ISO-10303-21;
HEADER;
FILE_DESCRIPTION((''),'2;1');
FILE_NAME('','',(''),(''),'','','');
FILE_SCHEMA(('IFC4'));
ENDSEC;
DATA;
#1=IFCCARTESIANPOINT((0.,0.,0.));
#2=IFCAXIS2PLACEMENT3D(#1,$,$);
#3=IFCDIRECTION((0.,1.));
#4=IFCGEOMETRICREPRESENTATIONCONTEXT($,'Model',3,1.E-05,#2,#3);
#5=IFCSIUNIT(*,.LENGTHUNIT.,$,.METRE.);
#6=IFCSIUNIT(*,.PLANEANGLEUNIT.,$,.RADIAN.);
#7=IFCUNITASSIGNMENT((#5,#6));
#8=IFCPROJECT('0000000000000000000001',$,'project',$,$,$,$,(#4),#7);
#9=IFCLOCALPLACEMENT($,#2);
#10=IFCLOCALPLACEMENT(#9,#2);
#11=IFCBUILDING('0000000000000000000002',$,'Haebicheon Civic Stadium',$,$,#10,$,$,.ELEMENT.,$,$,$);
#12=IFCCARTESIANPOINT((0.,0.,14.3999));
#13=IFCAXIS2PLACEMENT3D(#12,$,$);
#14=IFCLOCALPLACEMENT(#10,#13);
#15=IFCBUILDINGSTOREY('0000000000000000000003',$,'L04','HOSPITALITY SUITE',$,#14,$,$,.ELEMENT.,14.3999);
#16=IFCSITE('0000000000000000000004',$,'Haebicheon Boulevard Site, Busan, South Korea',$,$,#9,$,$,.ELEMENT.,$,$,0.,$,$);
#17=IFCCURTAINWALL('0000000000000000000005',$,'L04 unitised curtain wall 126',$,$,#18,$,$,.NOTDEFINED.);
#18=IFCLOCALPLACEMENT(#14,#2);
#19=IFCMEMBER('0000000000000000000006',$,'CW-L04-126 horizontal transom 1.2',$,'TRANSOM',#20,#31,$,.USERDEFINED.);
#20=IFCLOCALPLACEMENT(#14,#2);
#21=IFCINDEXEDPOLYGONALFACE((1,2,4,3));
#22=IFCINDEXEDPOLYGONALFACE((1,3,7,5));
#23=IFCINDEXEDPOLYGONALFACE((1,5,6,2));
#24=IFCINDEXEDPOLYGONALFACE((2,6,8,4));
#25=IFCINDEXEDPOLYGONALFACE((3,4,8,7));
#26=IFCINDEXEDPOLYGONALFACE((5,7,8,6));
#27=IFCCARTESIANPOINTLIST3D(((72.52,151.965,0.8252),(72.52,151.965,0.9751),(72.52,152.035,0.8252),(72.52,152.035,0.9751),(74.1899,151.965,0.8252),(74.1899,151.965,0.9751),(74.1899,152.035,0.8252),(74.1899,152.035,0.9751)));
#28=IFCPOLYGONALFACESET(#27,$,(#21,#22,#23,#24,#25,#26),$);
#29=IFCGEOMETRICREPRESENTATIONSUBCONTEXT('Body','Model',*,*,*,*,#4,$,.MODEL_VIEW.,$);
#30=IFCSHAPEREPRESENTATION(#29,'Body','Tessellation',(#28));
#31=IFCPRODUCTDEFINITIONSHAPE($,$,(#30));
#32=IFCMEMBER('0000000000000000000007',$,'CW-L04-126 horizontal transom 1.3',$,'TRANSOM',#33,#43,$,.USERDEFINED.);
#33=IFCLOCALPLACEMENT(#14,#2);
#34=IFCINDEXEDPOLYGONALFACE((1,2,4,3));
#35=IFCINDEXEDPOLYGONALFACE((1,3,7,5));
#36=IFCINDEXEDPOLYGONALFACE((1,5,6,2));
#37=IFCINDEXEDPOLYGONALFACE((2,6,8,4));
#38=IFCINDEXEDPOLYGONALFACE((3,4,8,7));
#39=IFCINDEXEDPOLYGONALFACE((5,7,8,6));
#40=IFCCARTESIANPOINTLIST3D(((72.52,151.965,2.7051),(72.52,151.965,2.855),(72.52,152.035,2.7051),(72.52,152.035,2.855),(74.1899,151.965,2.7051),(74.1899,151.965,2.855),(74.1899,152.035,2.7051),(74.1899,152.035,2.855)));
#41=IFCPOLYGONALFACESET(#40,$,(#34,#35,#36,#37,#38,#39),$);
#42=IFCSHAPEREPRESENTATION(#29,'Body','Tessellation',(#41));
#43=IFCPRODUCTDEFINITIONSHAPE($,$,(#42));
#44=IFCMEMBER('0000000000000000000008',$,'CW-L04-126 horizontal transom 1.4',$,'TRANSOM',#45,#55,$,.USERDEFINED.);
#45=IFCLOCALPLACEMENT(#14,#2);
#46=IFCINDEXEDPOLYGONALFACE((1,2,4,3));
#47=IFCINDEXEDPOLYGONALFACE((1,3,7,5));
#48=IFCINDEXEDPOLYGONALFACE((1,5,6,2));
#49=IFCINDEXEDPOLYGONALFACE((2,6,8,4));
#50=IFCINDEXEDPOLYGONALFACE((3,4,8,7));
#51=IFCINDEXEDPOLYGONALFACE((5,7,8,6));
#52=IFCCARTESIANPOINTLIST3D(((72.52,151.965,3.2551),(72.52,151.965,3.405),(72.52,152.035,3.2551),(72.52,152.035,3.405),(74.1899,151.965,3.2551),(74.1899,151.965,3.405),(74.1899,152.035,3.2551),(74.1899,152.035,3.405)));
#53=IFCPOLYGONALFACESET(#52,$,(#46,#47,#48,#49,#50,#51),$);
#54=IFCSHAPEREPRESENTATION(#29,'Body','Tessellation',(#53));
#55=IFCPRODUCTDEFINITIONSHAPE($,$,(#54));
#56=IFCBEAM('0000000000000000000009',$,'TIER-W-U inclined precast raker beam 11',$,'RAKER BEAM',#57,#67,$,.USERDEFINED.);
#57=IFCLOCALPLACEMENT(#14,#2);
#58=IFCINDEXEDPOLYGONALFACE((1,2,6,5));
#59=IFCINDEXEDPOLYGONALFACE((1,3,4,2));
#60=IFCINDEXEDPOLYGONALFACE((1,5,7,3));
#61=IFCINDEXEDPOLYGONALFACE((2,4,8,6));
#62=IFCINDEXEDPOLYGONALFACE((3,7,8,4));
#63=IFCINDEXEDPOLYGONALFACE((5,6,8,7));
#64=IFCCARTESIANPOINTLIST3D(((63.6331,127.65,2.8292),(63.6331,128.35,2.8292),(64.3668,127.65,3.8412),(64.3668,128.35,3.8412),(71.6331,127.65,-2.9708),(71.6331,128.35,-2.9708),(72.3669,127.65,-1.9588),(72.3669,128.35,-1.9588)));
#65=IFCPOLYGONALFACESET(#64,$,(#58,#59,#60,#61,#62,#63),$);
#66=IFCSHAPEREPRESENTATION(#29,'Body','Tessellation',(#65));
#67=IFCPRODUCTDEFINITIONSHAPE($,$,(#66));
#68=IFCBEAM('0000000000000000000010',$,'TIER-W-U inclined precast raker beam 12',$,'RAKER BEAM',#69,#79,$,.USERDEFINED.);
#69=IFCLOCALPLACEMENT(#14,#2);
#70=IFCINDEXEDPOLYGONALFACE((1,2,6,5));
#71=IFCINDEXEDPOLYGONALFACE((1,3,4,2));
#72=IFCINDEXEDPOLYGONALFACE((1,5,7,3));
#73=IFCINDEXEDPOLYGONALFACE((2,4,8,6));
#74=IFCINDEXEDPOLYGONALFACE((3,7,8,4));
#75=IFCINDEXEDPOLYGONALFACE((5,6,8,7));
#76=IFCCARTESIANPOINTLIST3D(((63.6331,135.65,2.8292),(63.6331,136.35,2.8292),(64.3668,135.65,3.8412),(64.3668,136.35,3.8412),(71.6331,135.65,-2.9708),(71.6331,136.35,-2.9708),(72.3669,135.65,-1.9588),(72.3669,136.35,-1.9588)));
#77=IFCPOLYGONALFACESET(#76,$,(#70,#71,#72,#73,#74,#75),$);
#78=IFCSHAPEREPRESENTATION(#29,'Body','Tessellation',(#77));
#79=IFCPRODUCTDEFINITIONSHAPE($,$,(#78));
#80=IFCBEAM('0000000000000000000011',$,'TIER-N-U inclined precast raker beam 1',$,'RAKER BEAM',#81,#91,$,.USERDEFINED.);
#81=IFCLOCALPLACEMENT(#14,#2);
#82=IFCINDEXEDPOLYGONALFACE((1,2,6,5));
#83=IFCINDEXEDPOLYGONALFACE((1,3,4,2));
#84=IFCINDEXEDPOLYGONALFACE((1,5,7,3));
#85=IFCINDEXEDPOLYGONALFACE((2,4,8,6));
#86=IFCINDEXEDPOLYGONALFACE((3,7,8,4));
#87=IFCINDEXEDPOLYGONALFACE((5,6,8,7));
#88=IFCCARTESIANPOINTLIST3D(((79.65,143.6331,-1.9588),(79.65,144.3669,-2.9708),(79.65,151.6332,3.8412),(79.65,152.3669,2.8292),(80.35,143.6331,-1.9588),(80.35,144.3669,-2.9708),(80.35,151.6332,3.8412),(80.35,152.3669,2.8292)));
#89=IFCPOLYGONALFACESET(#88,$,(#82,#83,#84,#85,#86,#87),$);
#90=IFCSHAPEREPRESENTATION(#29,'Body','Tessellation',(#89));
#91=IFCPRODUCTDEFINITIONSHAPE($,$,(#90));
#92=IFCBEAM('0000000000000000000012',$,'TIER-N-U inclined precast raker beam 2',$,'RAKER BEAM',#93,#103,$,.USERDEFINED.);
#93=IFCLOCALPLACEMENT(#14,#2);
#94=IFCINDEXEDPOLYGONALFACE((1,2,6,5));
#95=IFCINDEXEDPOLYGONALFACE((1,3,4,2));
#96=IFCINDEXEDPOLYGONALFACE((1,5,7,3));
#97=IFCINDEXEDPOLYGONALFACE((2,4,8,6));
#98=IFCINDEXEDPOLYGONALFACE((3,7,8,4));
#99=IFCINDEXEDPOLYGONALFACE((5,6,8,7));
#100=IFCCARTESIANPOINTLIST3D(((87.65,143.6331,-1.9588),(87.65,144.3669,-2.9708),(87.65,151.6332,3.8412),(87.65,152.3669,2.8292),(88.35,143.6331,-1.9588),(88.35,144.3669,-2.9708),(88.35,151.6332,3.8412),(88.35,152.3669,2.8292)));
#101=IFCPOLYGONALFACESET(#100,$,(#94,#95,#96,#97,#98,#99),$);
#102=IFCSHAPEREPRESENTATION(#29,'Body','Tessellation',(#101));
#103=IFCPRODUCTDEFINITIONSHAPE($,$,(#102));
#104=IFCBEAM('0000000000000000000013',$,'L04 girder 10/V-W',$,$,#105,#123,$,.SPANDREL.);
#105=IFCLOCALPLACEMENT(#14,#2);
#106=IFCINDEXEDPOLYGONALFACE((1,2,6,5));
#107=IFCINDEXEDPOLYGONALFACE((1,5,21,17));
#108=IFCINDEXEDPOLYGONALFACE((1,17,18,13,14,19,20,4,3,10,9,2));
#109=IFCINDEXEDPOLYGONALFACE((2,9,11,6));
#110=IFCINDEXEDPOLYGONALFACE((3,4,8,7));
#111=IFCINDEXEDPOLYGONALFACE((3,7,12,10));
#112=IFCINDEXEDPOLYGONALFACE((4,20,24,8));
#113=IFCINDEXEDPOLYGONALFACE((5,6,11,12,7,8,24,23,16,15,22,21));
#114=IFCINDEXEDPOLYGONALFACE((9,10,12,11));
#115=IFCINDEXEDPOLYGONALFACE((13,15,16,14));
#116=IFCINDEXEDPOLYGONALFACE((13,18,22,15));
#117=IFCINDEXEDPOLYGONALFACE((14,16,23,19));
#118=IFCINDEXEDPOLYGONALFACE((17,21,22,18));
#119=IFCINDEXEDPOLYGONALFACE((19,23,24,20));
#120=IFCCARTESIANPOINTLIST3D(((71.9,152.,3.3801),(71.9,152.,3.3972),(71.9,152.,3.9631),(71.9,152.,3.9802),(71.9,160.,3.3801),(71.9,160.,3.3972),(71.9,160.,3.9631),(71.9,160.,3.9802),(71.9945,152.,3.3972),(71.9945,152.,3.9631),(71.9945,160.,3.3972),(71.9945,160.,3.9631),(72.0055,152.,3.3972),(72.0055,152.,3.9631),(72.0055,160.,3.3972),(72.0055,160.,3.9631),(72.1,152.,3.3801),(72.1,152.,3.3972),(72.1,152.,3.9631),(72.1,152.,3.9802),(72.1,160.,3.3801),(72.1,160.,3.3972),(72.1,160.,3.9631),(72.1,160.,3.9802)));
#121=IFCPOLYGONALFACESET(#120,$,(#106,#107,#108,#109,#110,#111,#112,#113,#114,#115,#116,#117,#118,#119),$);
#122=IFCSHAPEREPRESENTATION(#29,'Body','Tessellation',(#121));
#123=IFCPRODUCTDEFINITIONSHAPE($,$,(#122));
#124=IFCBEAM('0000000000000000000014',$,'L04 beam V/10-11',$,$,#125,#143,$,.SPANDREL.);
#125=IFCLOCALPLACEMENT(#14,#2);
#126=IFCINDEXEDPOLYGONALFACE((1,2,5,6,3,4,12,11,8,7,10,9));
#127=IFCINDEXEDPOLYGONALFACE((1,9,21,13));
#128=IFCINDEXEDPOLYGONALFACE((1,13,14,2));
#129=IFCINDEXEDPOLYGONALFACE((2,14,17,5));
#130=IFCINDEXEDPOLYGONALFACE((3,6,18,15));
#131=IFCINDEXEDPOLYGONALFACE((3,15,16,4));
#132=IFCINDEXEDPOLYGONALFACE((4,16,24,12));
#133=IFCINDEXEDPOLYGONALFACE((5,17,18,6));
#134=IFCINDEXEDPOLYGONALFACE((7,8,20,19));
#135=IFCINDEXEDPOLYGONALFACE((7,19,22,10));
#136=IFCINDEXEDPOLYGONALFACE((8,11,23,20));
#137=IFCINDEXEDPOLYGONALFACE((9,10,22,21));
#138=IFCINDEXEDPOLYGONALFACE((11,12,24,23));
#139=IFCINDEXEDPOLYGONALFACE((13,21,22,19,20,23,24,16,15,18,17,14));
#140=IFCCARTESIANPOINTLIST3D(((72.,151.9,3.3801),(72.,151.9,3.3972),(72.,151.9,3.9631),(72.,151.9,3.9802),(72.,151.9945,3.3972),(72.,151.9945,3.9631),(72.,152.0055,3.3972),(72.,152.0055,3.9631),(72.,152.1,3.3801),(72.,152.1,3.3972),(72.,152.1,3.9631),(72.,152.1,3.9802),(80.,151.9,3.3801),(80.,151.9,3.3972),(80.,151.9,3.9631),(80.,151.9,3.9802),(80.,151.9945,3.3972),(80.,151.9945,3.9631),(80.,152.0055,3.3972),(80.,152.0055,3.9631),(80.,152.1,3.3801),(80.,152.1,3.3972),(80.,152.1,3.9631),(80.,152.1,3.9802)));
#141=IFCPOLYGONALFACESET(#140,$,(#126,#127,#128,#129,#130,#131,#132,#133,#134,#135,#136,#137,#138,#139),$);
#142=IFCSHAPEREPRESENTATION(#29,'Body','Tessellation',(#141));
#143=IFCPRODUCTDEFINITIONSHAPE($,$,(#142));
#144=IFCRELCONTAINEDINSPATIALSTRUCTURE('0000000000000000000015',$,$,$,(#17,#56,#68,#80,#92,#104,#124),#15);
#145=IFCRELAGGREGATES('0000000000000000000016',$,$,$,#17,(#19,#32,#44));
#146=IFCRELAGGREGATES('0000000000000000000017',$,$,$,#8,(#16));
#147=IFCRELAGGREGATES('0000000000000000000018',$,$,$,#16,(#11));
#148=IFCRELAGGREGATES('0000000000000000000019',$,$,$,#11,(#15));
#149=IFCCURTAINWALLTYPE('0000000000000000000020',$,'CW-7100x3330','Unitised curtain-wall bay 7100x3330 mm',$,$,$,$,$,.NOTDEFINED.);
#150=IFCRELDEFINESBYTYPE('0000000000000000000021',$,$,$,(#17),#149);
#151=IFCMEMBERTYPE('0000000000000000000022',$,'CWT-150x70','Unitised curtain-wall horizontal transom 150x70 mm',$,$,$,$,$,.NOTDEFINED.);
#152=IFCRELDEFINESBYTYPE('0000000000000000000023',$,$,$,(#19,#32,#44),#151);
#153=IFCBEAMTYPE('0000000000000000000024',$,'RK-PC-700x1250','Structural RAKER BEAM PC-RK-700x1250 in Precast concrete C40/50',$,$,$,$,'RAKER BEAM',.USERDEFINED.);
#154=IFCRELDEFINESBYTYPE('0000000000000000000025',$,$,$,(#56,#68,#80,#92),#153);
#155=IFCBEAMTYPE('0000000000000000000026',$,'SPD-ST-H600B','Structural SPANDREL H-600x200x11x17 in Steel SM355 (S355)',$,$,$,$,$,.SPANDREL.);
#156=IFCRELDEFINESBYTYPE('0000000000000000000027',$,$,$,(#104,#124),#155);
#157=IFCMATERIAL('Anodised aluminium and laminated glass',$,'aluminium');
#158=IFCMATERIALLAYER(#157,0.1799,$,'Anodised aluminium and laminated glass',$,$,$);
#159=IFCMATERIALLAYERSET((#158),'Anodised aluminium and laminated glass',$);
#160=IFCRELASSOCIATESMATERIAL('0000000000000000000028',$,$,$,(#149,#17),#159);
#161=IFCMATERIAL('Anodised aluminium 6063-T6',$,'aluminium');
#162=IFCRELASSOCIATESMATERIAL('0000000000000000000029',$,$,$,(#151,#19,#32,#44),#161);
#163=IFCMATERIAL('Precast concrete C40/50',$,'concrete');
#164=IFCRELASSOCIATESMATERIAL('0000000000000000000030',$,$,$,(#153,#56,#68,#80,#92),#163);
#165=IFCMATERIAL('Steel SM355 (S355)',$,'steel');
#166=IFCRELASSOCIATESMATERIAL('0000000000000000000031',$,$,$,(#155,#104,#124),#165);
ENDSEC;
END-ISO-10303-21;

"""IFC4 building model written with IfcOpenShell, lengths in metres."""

from ifc_helpers import new_model, si_unit, direction, frame, origin, origin_2d, place, context, subcontext, project, spatial, rectangle, i_section, extrude, material, layer, layer_set, material_profile, profile_set, type_object, element, aggregate, save


model = new_model("IFC4")

# Units and contexts
model_context = context("Model", 3, precision=1e-05, world=origin(), true_north=direction((0.0, 1.0)))
body_context = subcontext(model_context, "Body", "Model", "MODEL_VIEW")
ifc_project = project(units=[si_unit("LENGTHUNIT", "METRE"), si_unit("PLANEANGLEUNIT", "RADIAN")], contexts=[model_context])

# Site, building, storey
site_placement = place(None, origin())
site = spatial("IfcSite", under=ifc_project, at=site_placement, Name="Haebicheon Boulevard Site, Busan, South Korea", CompositionType="ELEMENT", RefElevation=0.0)
building_placement = place(site_placement, origin())
building = spatial("IfcBuilding", under=site, at=building_placement, Name="Haebicheon Civic Stadium", CompositionType="ELEMENT")
storey_placement = place(building_placement, frame((0.0, 0.0, 14.3999)))
storey = spatial("IfcBuildingStorey", under=building, at=storey_placement, Name="L04", Description="HOSPITALITY SUITE", CompositionType="ELEMENT", Elevation=14.3999)

# Curtain wall, members
ifc_material_1 = material(Name="Anodised aluminium and laminated glass", Category="aluminium")
ifc_layer = layer(ifc_material_1, 0.1799, Name="Anodised aluminium and laminated glass")
ifc_layer_set = layer_set([ifc_layer], Name="Anodised aluminium and laminated glass")
curtain_wall_type = type_object("IfcCurtainWallType", Name="CW-7100x3330", Description="Unitised curtain-wall bay 7100x3330 mm", PredefinedType="NOTDEFINED", material=ifc_layer_set)
curtain_wall_placement = place(storey_placement, origin())
curtain_wall = element("IfcCurtainWall", 1, at=curtain_wall_placement, inside=storey, type_object=curtain_wall_type, material=ifc_layer_set, Name="L04 unitised curtain wall 126", PredefinedType="NOTDEFINED")
ifc_material_2 = material(Name="Anodised aluminium 6063-T6", Category="aluminium")
ifc_material_profile_1 = material_profile(ifc_material_2, rectangle(XDim=0.0701, YDim=0.1499, at=origin_2d()), Name="ALU-TRAN-70x150")
ifc_profile_set_1 = profile_set([ifc_material_profile_1], Name="Anodised aluminium 6063-T6")
member_type_1 = type_object("IfcMemberType", Name="CWT-150x70", Description="Unitised curtain-wall horizontal transom 150x70 mm", PredefinedType="NOTDEFINED", material=ifc_profile_set_1)
member_1_placement = place(storey_placement, frame((72.52, 152.0, 0.9001), z_axis=(1.0, 0.0, 0.0), x_axis=(0.0, 1.0, 0.0)))
member_1 = element("IfcMember", 2, at=member_1_placement, type_object=member_type_1, material=ifc_profile_set_1, Name="CW-L04-126 horizontal transom 1.2", ObjectType="TRANSOM", PredefinedType="USERDEFINED", context=body_context, shape_type="SweptSolid", body=[
    extrude(rectangle(XDim=0.0701, YDim=0.1499, at=origin_2d()), origin(), (0.0, 0.0, 1.0), 1.6699),
])
member_2_placement = place(storey_placement, frame((72.52, 152.0, 2.78), z_axis=(1.0, 0.0, 0.0), x_axis=(0.0, 1.0, 0.0)))
member_2 = element("IfcMember", 3, at=member_2_placement, type_object=member_type_1, material=ifc_profile_set_1, Name="CW-L04-126 horizontal transom 1.3", ObjectType="TRANSOM", PredefinedType="USERDEFINED", context=body_context, shape_type="SweptSolid", body=[
    extrude(rectangle(XDim=0.0701, YDim=0.1499, at=origin_2d()), origin(), (0.0, 0.0, 1.0), 1.6699),
])
member_3_placement = place(storey_placement, frame((72.52, 152.0, 3.3301), z_axis=(1.0, 0.0, 0.0), x_axis=(0.0, 1.0, 0.0)))
member_3 = element("IfcMember", 4, at=member_3_placement, type_object=member_type_1, material=ifc_profile_set_1, Name="CW-L04-126 horizontal transom 1.4", ObjectType="TRANSOM", PredefinedType="USERDEFINED", context=body_context, shape_type="SweptSolid", body=[
    extrude(rectangle(XDim=0.0701, YDim=0.1499, at=origin_2d()), origin(), (0.0, 0.0, 1.0), 1.6699),
])
aggregate(curtain_wall, [member_1, member_2, member_3])

# Beams
ifc_material_3 = material(Name="Precast concrete C40/50", Category="concrete")
ifc_material_profile_2 = material_profile(ifc_material_3, rectangle(XDim=0.7, YDim=1.25, at=origin_2d()), Name="PC-RK-700x1250")
ifc_profile_set_2 = profile_set([ifc_material_profile_2], Name="Precast concrete C40/50")
beam_type_1 = type_object("IfcBeamType", Name="RK-PC-700x1250", Description="Structural RAKER BEAM PC-RK-700x1250 in Precast concrete C40/50", ElementType="RAKER BEAM", PredefinedType="USERDEFINED", material=ifc_profile_set_2)
for number, where, z_axis, x_axis, name in (
    (5, (72.0, 128.0, -2.4648), (-0.809608, 0.0, 0.586971), (0.0, -1.0, 0.0), "TIER-W-U inclined precast raker beam 11"),
    (6, (72.0, 136.0, -2.4648), (-0.809608, 0.0, 0.586971), (0.0, -1.0, 0.0), "TIER-W-U inclined precast raker beam 12"),
    (7, (80.0, 144.0, -2.4648), (0.0, 0.809608, 0.586971), (-1.0, 0.0, 0.0), "TIER-N-U inclined precast raker beam 1"),
    (8, (88.0, 144.0, -2.4648), (0.0, 0.809608, 0.586971), (-1.0, 0.0, 0.0), "TIER-N-U inclined precast raker beam 2"),
):
    element("IfcBeam", number, at=place(storey_placement, frame(where, z_axis=z_axis, x_axis=x_axis)), inside=storey, type_object=beam_type_1, material=ifc_profile_set_2, Name=name, ObjectType="RAKER BEAM", PredefinedType="USERDEFINED", context=body_context, shape_type="SweptSolid", body=[
        extrude(rectangle(XDim=0.7, YDim=1.25, at=origin_2d()), origin(), (0.0, 0.0, 1.0), 9.8813),
    ])
ifc_material_4 = material(Name="Steel SM355 (S355)", Category="steel")
ifc_material_profile_3 = material_profile(ifc_material_4, i_section(OverallWidth=0.2, OverallDepth=0.6001, WebThickness=0.011, FlangeThickness=0.0171, at=origin_2d()), Name="H-600x200x11x17")
ifc_profile_set_3 = profile_set([ifc_material_profile_3], Name="Steel SM355 (S355)")
beam_type_2 = type_object("IfcBeamType", Name="SPD-ST-H600B", Description="Structural SPANDREL H-600x200x11x17 in Steel SM355 (S355)", PredefinedType="SPANDREL", material=ifc_profile_set_3)
for number, where, z_axis, x_axis, name in (
    (9, (72.0, 152.0, 3.6802), (0.0, 1.0, 0.0), (-1.0, 0.0, 0.0), "L04 girder 10/V-W"),
    (10, (72.0, 152.0, 3.6802), (1.0, 0.0, 0.0), (0.0, 1.0, 0.0), "L04 beam V/10-11"),
):
    element("IfcBeam", number, at=place(storey_placement, frame(where, z_axis=z_axis, x_axis=x_axis)), inside=storey, type_object=beam_type_2, material=ifc_profile_set_3, Name=name, PredefinedType="SPANDREL", context=body_context, shape_type="SweptSolid", body=[
        extrude(i_section(OverallWidth=0.2, OverallDepth=0.6001, WebThickness=0.011, FlangeThickness=0.0171, at=origin_2d()), origin(), (0.0, 0.0, 1.0), 8.0),
    ])

save(model, "model.ifc")
